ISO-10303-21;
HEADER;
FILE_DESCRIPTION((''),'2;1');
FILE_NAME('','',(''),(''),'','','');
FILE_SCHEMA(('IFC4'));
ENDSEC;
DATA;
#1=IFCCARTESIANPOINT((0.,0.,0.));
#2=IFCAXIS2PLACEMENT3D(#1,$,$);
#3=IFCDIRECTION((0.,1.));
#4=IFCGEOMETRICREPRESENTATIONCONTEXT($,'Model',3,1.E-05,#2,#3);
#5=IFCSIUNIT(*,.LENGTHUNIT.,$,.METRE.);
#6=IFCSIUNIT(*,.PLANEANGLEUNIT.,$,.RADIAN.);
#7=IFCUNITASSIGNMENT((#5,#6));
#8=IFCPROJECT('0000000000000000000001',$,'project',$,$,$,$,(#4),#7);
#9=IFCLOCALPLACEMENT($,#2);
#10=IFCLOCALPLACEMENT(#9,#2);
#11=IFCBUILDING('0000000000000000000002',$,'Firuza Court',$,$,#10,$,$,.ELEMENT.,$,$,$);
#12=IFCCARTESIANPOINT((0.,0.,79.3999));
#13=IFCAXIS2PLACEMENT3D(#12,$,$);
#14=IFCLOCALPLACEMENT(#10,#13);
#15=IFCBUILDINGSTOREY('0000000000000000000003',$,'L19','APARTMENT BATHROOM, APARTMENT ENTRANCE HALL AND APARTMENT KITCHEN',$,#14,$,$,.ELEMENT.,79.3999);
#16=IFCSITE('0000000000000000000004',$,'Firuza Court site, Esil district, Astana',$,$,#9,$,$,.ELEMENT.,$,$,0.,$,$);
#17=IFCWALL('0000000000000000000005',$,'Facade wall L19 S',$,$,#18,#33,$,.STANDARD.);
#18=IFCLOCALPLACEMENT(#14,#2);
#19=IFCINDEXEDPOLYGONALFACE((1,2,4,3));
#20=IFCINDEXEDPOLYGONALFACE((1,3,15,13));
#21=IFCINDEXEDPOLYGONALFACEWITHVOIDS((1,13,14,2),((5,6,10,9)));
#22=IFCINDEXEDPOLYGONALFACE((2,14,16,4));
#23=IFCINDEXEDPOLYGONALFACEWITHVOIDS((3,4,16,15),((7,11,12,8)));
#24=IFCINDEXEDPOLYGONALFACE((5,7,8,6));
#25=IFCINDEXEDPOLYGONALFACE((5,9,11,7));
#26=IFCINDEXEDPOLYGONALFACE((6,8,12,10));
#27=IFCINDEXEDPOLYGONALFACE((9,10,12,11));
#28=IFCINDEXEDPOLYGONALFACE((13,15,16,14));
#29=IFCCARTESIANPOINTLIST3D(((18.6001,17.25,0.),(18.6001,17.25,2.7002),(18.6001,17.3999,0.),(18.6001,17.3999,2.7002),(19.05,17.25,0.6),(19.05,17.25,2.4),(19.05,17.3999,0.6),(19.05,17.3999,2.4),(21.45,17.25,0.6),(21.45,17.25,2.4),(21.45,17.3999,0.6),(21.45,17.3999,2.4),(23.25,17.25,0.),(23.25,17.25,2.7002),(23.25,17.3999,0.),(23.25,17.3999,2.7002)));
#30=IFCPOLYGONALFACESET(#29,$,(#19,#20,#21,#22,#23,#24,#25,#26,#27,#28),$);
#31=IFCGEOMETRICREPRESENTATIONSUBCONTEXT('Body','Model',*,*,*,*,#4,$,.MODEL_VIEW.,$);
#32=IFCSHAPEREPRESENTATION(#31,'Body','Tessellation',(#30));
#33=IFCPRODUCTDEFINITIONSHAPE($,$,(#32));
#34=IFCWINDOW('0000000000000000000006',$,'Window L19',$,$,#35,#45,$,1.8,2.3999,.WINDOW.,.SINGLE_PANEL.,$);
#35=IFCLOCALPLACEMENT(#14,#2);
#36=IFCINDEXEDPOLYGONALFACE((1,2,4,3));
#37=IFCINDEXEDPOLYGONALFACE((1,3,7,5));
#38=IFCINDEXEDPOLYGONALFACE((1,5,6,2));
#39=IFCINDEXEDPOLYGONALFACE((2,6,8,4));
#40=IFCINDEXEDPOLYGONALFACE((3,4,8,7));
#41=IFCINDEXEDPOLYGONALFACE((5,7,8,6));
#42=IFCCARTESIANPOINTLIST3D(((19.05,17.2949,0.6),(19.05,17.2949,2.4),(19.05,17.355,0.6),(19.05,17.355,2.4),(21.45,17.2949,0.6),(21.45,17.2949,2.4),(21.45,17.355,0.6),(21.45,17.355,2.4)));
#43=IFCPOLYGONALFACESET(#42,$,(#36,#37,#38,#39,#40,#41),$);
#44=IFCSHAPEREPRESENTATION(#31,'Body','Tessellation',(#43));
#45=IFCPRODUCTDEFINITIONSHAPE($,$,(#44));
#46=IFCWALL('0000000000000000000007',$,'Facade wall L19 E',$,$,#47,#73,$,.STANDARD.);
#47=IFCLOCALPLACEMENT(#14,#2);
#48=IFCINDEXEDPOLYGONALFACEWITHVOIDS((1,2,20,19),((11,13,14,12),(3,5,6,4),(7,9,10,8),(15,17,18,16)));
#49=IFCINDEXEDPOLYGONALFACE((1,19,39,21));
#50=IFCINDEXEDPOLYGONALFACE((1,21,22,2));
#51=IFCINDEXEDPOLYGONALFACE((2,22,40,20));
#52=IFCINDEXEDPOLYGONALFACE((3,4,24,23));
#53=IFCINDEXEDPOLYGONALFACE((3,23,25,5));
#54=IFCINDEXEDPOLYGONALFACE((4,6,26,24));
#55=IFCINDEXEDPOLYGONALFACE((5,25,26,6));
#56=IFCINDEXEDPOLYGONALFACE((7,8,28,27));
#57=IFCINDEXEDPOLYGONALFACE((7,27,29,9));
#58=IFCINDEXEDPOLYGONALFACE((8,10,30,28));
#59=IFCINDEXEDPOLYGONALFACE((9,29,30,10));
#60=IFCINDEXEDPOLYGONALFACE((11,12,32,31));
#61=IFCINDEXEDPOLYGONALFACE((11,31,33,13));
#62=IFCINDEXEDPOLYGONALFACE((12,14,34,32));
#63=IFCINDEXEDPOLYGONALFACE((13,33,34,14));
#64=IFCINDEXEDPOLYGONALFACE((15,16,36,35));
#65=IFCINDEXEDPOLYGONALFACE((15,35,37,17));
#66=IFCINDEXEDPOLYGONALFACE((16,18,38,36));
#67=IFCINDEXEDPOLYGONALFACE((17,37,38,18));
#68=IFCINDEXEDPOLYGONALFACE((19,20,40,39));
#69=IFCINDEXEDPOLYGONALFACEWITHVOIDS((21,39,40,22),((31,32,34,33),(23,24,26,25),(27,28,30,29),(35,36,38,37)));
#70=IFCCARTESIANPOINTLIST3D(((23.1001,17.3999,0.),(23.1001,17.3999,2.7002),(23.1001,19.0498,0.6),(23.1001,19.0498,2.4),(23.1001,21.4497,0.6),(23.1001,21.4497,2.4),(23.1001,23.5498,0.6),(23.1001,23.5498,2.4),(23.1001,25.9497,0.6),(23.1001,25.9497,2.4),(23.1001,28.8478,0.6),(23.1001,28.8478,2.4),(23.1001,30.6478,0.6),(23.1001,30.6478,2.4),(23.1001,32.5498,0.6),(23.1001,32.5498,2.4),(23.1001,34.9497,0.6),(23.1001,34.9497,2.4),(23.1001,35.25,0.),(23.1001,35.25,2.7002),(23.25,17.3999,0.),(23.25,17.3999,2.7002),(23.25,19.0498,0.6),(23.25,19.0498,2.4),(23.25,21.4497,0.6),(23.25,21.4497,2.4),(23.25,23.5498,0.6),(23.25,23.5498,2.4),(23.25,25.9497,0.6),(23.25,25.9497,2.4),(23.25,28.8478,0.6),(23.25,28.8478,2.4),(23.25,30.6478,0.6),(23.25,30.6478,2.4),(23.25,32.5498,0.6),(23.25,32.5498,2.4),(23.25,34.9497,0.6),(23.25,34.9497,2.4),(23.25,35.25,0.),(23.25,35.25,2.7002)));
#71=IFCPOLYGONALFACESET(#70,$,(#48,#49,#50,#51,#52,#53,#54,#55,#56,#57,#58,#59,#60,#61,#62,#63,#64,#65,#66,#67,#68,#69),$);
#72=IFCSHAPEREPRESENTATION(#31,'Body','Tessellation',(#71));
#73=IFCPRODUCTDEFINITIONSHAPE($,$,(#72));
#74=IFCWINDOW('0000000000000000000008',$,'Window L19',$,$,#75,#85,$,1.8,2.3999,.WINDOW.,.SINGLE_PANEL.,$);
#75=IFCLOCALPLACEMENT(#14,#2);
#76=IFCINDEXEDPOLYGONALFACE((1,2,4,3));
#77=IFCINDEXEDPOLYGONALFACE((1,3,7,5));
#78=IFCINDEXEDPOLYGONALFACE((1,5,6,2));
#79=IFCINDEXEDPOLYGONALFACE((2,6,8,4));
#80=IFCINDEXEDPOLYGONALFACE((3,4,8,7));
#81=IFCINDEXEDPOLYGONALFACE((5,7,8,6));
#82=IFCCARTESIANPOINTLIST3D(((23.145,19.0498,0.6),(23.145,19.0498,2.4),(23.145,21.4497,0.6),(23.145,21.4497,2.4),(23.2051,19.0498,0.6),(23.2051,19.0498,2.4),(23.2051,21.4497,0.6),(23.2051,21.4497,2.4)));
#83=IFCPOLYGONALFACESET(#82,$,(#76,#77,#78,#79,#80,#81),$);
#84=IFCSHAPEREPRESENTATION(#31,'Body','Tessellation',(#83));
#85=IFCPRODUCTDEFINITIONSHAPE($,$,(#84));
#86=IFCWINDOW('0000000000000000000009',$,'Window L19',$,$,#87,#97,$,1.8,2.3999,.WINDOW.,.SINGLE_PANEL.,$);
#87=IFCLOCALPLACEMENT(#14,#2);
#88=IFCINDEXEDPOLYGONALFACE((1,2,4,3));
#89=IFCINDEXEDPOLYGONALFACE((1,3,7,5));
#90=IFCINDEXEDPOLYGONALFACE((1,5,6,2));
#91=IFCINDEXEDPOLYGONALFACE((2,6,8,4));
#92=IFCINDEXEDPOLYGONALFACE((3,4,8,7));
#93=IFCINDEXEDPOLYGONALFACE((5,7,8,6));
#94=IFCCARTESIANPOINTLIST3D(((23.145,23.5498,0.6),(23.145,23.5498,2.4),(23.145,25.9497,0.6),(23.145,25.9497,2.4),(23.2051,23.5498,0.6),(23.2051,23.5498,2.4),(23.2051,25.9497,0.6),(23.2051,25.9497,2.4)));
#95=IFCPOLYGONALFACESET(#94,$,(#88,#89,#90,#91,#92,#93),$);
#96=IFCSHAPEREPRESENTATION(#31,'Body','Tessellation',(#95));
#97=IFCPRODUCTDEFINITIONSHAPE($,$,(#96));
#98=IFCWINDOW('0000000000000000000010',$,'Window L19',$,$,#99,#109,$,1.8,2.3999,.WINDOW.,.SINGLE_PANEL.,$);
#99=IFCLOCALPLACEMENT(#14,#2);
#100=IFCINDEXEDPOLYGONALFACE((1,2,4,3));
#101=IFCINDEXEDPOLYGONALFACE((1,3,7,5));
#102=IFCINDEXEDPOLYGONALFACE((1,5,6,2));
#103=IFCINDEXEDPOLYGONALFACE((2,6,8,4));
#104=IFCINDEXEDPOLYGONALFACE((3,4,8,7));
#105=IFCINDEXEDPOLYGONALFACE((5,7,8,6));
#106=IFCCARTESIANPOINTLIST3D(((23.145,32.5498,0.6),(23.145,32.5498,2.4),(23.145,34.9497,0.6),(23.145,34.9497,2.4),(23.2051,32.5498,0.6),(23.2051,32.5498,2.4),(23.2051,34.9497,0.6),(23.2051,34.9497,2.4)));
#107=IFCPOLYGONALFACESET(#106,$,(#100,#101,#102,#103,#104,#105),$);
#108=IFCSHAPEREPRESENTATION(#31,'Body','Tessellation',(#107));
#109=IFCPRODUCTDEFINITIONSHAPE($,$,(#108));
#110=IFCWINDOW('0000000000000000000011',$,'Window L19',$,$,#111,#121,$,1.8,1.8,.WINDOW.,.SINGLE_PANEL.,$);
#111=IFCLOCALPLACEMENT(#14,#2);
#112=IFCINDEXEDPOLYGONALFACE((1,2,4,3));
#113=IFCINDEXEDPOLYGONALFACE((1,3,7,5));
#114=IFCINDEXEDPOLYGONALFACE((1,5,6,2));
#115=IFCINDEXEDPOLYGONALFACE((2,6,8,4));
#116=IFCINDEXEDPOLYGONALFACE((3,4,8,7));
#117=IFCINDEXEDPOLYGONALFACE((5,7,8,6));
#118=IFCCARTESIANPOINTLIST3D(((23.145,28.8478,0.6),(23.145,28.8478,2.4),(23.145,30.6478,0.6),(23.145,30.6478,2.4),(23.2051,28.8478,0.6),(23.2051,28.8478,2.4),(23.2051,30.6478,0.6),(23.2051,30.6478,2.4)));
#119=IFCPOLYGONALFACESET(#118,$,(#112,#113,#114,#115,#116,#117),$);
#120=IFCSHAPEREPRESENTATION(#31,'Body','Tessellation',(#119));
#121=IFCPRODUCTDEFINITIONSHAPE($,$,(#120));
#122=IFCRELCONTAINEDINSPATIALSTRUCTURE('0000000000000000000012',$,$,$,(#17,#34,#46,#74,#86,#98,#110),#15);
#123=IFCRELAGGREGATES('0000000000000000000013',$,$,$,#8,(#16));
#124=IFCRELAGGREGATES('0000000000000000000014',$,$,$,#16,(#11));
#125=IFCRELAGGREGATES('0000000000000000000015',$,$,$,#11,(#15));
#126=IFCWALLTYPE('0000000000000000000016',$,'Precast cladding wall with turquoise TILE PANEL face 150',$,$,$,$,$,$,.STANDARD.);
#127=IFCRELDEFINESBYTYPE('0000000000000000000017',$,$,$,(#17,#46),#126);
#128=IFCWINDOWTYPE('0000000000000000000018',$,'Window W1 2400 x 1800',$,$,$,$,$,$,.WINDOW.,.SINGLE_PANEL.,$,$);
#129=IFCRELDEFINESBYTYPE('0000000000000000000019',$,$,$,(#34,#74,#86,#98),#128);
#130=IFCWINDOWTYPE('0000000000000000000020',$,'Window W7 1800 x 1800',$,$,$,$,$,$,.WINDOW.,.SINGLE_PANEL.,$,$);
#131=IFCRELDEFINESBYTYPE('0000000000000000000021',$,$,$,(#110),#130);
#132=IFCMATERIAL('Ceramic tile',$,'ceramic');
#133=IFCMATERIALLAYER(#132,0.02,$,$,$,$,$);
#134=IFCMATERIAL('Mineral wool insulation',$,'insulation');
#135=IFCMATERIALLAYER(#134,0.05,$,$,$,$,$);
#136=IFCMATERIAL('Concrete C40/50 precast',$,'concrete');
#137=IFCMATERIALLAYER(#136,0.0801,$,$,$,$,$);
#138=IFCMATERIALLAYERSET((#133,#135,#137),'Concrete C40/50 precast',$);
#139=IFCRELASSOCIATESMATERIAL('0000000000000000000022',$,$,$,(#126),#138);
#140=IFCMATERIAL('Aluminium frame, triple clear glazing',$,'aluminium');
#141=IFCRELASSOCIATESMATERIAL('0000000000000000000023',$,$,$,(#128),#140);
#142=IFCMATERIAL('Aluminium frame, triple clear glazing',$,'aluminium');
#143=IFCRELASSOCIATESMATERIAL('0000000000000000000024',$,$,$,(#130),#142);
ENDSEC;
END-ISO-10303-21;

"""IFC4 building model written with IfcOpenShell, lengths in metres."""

from ifc_helpers import new_model, si_unit, direction, frame, frame_2d, origin, place, context, subcontext, project, spatial, rectangle, extrude, material, layer, layer_set, type_object, element, fill, save


model = new_model("IFC4")

# Units and contexts
model_context = context("Model", 3, precision=1e-05, world=origin(), true_north=direction((0.0, 1.0)))
body_context = subcontext(model_context, "Body", "Model", "MODEL_VIEW")
ifc_project = project(units=[si_unit("LENGTHUNIT", "METRE"), si_unit("PLANEANGLEUNIT", "RADIAN")], contexts=[model_context])

# Site, building, storey
site_placement = place(None, origin())
site = spatial("IfcSite", under=ifc_project, at=site_placement, Name="Firuza Court site, Esil district, Astana", CompositionType="ELEMENT", RefElevation=0.0)
building_placement = place(site_placement, origin())
building = spatial("IfcBuilding", under=site, at=building_placement, Name="Firuza Court", CompositionType="ELEMENT")
storey_placement = place(building_placement, frame((0.0, 0.0, 79.3999)))
storey = spatial("IfcBuildingStorey", under=building, at=storey_placement, Name="L19", Description="APARTMENT BATHROOM, APARTMENT ENTRANCE HALL AND APARTMENT KITCHEN", CompositionType="ELEMENT", Elevation=79.3999)

# Shared definitions
ifc_material_1 = material(Name="Ceramic tile", Category="ceramic")
ifc_layer_1 = layer(ifc_material_1, 0.02)
ifc_material_2 = material(Name="Mineral wool insulation", Category="insulation")
ifc_layer_2 = layer(ifc_material_2, 0.05)
ifc_material_3 = material(Name="Concrete C40/50 precast", Category="concrete")
ifc_layer_3 = layer(ifc_material_3, 0.0801)
ifc_layer_set_1 = layer_set([ifc_layer_1, ifc_layer_2, ifc_layer_3], Name="Concrete C40/50 precast")
wall_type_1 = type_object("IfcWallType", Name="Precast cladding wall with turquoise TILE PANEL face 150", PredefinedType="STANDARD", material=ifc_layer_set_1)
ifc_material_4 = material(Name="Aluminium frame, triple clear glazing", Category="aluminium")
window_type_1 = type_object("IfcWindowType", Name="Window W1 2400 x 1800", PartitioningType="SINGLE_PANEL", PredefinedType="WINDOW", material=ifc_material_4)

# Wall, opening, window
wall_1_placement = place(storey_placement, frame((18.6001, 17.325, 0.0), z_axis=(0.0, 0.0, 1.0), x_axis=(1.0, 0.0, 0.0)))
wall_1 = element("IfcWall", 1, at=wall_1_placement, inside=storey, type_object=wall_type_1, Name="Facade wall L19 S", PredefinedType="STANDARD", context=body_context, shape_type="SweptSolid", body=[
    extrude(rectangle(XDim=4.6499, YDim=0.1499, at=frame_2d((2.325, 0.0))), origin(), (0.0, 0.0, 1.0), 2.7002),
])
opening_1_placement = place(wall_1_placement, frame((0.45, 0.0, 0.6001)))
opening_1 = element("IfcOpeningElement", 2, at=opening_1_placement, cuts=wall_1, PredefinedType="OPENING", context=body_context, shape_type="SweptSolid", body=[
    extrude(rectangle(XDim=2.3999, YDim=1.8, at=frame_2d((1.2, 0.8999))), frame((0.0, 0.0869, 0.0), z_axis=(0.0, -1.0, 0.0), x_axis=(1.0, 0.0, 0.0)), (0.0, 0.0, 1.0), 0.1738),
])
window_1_placement = place(opening_1_placement, origin())
window_1 = element("IfcWindow", 3, at=window_1_placement, inside=storey, type_object=window_type_1, Name="Window L19", OverallHeight=1.8, OverallWidth=2.3999, PartitioningType="SINGLE_PANEL", PredefinedType="WINDOW", context=body_context, shape_type="SweptSolid", body=[
    extrude(rectangle(XDim=2.3999, YDim=1.8, at=frame_2d((1.2, 0.8999))), frame((0.0, 0.03, 0.0), z_axis=(0.0, -1.0, 0.0), x_axis=(1.0, 0.0, 0.0)), (0.0, 0.0, 1.0), 0.0601),
])
fill(opening_1, window_1)

# Wall, openings, windows
wall_2_placement = place(storey_placement, frame((23.175, 17.3999, 0.0), z_axis=(0.0, 0.0, 1.0), x_axis=(0.0, 1.0, 0.0)))
wall_2 = element("IfcWall", 4, at=wall_2_placement, inside=storey, type_object=wall_type_1, Name="Facade wall L19 E", PredefinedType="STANDARD", context=body_context, shape_type="SweptSolid", body=[
    extrude(rectangle(XDim=17.8501, YDim=0.1499, at=frame_2d((8.925, 0.0))), origin(), (0.0, 0.0, 1.0), 2.7002),
])
opening_2_placement = place(wall_2_placement, frame((1.6499, 0.0, 0.6001)))
opening_2 = element("IfcOpeningElement", 5, at=opening_2_placement, cuts=wall_2, PredefinedType="OPENING", context=body_context, shape_type="SweptSolid", body=[
    extrude(rectangle(XDim=2.3999, YDim=1.8, at=frame_2d((1.2, 0.8999))), frame((0.0, 0.0869, 0.0), z_axis=(0.0, -1.0, 0.0), x_axis=(1.0, 0.0, 0.0)), (0.0, 0.0, 1.0), 0.1738),
])
opening_3_placement = place(wall_2_placement, frame((6.1499, 0.0, 0.6001)))
opening_3 = element("IfcOpeningElement", 6, at=opening_3_placement, cuts=wall_2, PredefinedType="OPENING", context=body_context, shape_type="SweptSolid", body=[
    extrude(rectangle(XDim=2.3999, YDim=1.8, at=frame_2d((1.2, 0.8999))), frame((0.0, 0.0869, 0.0), z_axis=(0.0, -1.0, 0.0), x_axis=(1.0, 0.0, 0.0)), (0.0, 0.0, 1.0), 0.1738),
])
opening_4_placement = place(wall_2_placement, frame((11.448, 0.0, 0.6001)))
opening_4 = element("IfcOpeningElement", 7, at=opening_4_placement, cuts=wall_2, PredefinedType="OPENING", context=body_context, shape_type="SweptSolid", body=[
    extrude(rectangle(XDim=1.8, YDim=1.8, at=frame_2d((0.8999, 0.8999))), frame((0.0, 0.0869, 0.0), z_axis=(0.0, -1.0, 0.0), x_axis=(1.0, 0.0, 0.0)), (0.0, 0.0, 1.0), 0.1738),
])
opening_5_placement = place(wall_2_placement, frame((15.1499, 0.0, 0.6001)))
opening_5 = element("IfcOpeningElement", 8, at=opening_5_placement, cuts=wall_2, PredefinedType="OPENING", context=body_context, shape_type="SweptSolid", body=[
    extrude(rectangle(XDim=2.3999, YDim=1.8, at=frame_2d((1.2, 0.8999))), frame((0.0, 0.0869, 0.0), z_axis=(0.0, -1.0, 0.0), x_axis=(1.0, 0.0, 0.0)), (0.0, 0.0, 1.0), 0.1738),
])
window_2_placement = place(opening_2_placement, origin())
window_2 = element("IfcWindow", 9, at=window_2_placement, inside=storey, type_object=window_type_1, Name="Window L19", OverallHeight=1.8, OverallWidth=2.3999, PartitioningType="SINGLE_PANEL", PredefinedType="WINDOW", context=body_context, shape_type="SweptSolid", body=[
    extrude(rectangle(XDim=2.3999, YDim=1.8, at=frame_2d((1.2, 0.8999))), frame((0.0, 0.03, 0.0), z_axis=(0.0, -1.0, 0.0), x_axis=(1.0, 0.0, 0.0)), (0.0, 0.0, 1.0), 0.0601),
])
fill(opening_2, window_2)
window_3_placement = place(opening_3_placement, origin())
window_3 = element("IfcWindow", 10, at=window_3_placement, inside=storey, type_object=window_type_1, Name="Window L19", OverallHeight=1.8, OverallWidth=2.3999, PartitioningType="SINGLE_PANEL", PredefinedType="WINDOW", context=body_context, shape_type="SweptSolid", body=[
    extrude(rectangle(XDim=2.3999, YDim=1.8, at=frame_2d((1.2, 0.8999))), frame((0.0, 0.03, 0.0), z_axis=(0.0, -1.0, 0.0), x_axis=(1.0, 0.0, 0.0)), (0.0, 0.0, 1.0), 0.0601),
])
fill(opening_3, window_3)
window_4_placement = place(opening_5_placement, origin())
window_4 = element("IfcWindow", 11, at=window_4_placement, inside=storey, type_object=window_type_1, Name="Window L19", OverallHeight=1.8, OverallWidth=2.3999, PartitioningType="SINGLE_PANEL", PredefinedType="WINDOW", context=body_context, shape_type="SweptSolid", body=[
    extrude(rectangle(XDim=2.3999, YDim=1.8, at=frame_2d((1.2, 0.8999))), frame((0.0, 0.03, 0.0), z_axis=(0.0, -1.0, 0.0), x_axis=(1.0, 0.0, 0.0)), (0.0, 0.0, 1.0), 0.0601),
])
fill(opening_5, window_4)
ifc_material_5 = material(Name="Aluminium frame, triple clear glazing", Category="aluminium")
window_type_2 = type_object("IfcWindowType", Name="Window W7 1800 x 1800", PartitioningType="SINGLE_PANEL", PredefinedType="WINDOW", material=ifc_material_5)
window_5_placement = place(opening_4_placement, origin())
window_5 = element("IfcWindow", 12, at=window_5_placement, inside=storey, type_object=window_type_2, Name="Window L19", OverallHeight=1.8, OverallWidth=1.8, PartitioningType="SINGLE_PANEL", PredefinedType="WINDOW", context=body_context, shape_type="SweptSolid", body=[
    extrude(rectangle(XDim=1.8, YDim=1.8, at=frame_2d((0.8999, 0.8999))), frame((0.0, 0.03, 0.0), z_axis=(0.0, -1.0, 0.0), x_axis=(1.0, 0.0, 0.0)), (0.0, 0.0, 1.0), 0.0601),
])
fill(opening_4, window_5)

save(model, "model.ifc")
